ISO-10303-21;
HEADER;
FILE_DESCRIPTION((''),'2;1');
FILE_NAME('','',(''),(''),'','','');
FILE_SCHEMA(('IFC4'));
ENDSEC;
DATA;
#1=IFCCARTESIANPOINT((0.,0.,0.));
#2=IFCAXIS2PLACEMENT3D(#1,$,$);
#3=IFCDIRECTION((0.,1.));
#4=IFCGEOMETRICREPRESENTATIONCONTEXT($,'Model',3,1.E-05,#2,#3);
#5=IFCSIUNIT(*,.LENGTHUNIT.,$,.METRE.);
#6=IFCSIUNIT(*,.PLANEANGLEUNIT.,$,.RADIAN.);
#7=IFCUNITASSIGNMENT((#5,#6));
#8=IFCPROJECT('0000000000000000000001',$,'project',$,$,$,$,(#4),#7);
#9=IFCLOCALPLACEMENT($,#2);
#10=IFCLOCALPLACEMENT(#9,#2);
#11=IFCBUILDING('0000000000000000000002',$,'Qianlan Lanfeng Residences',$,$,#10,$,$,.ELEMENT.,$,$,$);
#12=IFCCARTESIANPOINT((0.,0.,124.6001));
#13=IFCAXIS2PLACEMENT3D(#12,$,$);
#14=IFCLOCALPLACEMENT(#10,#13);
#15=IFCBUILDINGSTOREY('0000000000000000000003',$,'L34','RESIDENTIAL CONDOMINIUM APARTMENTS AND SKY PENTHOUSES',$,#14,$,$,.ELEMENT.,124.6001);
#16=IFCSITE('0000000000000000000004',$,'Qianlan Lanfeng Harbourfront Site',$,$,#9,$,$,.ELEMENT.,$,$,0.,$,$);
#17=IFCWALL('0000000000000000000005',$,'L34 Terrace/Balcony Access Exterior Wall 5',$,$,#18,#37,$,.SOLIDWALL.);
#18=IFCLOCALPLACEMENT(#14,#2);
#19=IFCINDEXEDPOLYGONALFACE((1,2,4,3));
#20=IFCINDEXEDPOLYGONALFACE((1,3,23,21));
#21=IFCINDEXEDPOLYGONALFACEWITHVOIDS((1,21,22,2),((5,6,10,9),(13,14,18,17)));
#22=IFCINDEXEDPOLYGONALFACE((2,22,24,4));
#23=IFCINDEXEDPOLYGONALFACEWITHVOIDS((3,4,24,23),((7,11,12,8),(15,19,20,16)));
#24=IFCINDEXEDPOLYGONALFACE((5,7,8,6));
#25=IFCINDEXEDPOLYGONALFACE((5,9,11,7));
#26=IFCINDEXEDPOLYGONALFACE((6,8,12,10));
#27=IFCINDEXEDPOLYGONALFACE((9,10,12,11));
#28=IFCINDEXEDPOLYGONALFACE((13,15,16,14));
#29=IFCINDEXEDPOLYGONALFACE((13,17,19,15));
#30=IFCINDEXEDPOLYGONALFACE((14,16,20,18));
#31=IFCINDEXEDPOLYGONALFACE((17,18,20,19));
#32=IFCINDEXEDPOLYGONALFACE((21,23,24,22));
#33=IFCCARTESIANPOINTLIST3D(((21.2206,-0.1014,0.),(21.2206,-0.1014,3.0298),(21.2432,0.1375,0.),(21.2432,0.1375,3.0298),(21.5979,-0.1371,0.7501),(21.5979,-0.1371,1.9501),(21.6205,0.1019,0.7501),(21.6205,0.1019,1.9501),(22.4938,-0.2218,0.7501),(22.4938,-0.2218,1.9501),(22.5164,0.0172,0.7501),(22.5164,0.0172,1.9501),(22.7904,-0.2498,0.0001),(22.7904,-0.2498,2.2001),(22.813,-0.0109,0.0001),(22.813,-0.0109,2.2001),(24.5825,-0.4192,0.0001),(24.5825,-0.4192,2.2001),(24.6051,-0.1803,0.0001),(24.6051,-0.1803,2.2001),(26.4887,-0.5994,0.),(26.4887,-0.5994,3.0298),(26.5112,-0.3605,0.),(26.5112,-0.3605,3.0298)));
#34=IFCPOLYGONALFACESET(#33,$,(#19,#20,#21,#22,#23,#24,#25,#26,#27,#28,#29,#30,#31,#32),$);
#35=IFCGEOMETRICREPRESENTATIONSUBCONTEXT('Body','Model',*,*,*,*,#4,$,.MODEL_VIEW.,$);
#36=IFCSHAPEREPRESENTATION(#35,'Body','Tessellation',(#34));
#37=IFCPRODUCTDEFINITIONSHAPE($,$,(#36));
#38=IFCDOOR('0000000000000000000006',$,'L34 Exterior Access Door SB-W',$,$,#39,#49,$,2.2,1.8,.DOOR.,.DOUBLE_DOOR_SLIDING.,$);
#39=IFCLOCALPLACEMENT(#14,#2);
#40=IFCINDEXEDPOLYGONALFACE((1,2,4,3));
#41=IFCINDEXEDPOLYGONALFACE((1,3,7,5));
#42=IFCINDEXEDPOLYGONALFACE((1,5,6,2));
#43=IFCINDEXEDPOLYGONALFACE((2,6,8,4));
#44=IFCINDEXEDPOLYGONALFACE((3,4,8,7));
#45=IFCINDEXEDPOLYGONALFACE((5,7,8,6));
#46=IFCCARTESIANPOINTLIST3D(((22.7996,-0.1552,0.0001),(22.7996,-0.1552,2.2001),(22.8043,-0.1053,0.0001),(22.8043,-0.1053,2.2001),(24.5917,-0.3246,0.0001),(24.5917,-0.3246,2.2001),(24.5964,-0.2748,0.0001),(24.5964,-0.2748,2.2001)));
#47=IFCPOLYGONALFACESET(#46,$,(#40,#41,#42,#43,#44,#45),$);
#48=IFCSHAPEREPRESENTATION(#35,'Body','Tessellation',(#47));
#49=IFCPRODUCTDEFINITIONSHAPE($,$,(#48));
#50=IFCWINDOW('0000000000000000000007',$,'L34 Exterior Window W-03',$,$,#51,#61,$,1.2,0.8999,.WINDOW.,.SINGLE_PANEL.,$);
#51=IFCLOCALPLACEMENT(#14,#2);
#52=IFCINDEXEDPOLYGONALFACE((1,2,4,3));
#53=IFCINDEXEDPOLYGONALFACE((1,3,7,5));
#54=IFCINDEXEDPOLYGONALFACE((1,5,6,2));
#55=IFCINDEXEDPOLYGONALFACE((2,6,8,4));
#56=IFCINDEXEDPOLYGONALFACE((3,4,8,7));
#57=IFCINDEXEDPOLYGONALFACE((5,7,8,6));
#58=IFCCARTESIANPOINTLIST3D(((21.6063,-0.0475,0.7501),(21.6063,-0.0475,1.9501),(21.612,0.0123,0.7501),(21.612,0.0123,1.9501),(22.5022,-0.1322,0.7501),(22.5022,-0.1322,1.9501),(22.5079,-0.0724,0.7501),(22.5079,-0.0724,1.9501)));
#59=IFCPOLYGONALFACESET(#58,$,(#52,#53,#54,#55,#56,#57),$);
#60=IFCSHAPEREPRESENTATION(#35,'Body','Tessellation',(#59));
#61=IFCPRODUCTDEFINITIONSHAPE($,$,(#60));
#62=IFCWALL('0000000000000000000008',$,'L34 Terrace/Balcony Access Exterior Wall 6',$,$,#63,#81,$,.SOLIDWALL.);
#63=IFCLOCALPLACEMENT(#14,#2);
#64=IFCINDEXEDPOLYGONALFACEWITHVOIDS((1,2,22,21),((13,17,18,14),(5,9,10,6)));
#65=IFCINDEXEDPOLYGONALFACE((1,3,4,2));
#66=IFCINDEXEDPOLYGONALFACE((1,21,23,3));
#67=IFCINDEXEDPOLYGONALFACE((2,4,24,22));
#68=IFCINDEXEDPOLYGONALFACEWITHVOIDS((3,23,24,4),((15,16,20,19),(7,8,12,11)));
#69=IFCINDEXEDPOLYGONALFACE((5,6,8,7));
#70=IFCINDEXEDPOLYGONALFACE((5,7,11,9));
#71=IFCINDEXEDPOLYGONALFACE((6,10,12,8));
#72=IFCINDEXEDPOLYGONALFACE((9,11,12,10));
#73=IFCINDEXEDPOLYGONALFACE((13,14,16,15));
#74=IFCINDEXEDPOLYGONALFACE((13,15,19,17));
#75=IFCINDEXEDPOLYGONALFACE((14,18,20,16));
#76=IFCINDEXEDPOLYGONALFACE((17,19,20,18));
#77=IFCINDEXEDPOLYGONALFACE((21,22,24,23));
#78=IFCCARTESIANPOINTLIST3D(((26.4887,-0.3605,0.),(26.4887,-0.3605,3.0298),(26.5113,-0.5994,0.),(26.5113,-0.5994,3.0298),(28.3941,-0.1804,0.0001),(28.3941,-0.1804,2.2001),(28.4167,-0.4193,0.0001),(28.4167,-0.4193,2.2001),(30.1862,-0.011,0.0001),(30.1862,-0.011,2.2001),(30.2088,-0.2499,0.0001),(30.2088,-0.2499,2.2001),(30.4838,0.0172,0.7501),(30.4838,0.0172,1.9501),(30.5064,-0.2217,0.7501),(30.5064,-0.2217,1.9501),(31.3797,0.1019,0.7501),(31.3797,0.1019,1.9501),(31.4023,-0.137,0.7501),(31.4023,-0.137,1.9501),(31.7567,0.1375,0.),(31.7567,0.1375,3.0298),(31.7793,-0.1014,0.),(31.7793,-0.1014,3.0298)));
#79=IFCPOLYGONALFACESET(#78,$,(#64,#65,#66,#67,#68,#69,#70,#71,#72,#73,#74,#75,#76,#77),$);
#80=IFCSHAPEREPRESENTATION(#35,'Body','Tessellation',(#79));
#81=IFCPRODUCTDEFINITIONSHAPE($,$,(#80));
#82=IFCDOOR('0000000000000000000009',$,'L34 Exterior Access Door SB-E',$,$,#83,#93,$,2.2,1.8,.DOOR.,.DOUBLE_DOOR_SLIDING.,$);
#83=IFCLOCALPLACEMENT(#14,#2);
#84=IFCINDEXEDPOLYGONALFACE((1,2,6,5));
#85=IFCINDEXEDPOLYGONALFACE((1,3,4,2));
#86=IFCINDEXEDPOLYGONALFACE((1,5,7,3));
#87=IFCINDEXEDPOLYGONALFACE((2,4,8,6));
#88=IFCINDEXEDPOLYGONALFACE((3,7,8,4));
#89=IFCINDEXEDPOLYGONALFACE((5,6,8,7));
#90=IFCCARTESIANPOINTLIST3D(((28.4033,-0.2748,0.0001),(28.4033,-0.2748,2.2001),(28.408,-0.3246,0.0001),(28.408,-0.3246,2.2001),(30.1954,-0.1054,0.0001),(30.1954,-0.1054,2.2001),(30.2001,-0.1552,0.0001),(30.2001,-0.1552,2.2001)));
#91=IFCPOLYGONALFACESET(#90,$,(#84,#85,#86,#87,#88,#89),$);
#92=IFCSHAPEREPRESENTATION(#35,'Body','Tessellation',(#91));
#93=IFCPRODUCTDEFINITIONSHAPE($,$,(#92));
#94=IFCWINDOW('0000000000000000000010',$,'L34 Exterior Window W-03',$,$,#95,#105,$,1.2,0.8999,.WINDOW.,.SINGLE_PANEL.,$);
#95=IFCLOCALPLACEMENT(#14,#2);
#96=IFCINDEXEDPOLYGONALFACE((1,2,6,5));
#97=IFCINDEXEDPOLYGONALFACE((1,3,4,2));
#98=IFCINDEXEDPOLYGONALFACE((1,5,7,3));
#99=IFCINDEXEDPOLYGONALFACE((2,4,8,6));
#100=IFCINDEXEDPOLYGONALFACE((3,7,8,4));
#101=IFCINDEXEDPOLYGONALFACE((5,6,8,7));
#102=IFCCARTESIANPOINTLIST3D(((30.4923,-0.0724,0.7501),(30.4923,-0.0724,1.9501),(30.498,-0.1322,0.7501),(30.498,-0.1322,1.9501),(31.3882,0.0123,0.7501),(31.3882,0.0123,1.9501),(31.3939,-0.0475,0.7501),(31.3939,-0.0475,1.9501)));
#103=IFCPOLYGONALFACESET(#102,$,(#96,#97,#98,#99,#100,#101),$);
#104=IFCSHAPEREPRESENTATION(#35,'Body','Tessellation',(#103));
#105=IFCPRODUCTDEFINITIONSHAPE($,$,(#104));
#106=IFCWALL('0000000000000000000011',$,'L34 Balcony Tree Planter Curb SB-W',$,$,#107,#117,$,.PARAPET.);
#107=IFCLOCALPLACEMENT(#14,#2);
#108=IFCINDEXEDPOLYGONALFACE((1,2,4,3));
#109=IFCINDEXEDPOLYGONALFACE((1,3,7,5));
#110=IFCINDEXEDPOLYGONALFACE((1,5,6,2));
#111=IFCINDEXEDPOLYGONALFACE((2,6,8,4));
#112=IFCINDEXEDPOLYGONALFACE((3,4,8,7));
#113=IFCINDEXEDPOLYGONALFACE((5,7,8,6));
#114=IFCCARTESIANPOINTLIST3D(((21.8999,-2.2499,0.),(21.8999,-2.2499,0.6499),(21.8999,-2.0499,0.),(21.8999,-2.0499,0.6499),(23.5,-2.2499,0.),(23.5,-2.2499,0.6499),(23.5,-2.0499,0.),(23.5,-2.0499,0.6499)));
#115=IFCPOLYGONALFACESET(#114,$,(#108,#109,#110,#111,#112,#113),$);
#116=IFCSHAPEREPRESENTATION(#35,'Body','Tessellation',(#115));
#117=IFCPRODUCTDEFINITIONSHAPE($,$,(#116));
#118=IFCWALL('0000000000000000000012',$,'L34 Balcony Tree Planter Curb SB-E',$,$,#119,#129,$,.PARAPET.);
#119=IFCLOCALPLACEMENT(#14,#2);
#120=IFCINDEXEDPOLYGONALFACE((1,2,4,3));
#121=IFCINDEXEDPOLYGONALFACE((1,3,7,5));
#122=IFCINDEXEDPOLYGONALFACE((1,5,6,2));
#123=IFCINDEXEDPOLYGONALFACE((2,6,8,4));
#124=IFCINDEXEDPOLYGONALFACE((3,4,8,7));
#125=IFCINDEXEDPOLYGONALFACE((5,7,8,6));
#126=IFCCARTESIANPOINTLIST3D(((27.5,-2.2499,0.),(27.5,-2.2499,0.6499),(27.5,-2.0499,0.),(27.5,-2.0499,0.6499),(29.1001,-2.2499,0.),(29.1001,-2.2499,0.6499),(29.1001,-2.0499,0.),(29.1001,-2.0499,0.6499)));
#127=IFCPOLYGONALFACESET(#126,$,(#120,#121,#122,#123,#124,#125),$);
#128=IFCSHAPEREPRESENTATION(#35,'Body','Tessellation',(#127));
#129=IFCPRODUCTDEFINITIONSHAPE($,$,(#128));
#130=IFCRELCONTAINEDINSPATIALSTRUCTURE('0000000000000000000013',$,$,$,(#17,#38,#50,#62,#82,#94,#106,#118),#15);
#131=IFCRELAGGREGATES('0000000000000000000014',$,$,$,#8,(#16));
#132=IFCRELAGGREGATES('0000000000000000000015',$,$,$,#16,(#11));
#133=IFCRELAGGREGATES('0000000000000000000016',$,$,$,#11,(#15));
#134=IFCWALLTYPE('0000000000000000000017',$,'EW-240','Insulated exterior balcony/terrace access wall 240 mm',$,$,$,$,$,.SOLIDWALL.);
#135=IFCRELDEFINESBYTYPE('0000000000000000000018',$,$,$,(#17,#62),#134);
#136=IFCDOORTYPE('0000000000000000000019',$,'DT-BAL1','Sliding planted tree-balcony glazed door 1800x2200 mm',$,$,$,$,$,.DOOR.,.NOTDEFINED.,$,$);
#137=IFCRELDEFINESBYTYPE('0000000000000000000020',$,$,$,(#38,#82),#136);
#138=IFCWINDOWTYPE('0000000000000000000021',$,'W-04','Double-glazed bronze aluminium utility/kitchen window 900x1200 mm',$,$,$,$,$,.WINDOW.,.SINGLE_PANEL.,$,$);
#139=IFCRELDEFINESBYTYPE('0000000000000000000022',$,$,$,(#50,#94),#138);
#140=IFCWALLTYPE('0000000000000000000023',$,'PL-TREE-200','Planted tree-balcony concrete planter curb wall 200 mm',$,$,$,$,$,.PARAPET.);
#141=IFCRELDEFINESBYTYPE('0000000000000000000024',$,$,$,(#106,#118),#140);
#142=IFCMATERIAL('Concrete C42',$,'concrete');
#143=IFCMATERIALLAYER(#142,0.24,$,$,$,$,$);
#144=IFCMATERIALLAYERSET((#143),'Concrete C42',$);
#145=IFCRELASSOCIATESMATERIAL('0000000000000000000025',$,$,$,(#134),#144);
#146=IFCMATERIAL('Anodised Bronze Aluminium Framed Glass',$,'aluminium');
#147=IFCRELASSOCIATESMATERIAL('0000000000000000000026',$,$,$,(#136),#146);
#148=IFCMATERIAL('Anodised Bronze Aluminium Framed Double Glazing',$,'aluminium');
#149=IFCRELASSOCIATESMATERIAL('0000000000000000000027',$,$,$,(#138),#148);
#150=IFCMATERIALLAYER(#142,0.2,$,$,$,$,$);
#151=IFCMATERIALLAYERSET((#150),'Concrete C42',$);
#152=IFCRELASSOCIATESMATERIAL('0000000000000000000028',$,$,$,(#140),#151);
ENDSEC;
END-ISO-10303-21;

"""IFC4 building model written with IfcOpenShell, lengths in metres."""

from ifc_helpers import new_model, si_unit, direction, frame, frame_2d, origin, place, context, subcontext, project, spatial, rectangle, extrude, material, layer, layer_set, type_object, element, fill, save


model = new_model("IFC4")

# Units and contexts
model_context = context("Model", 3, precision=1e-05, world=origin(), true_north=direction((0.0, 1.0)))
body_context = subcontext(model_context, "Body", "Model", "MODEL_VIEW")
ifc_project = project(units=[si_unit("LENGTHUNIT", "METRE"), si_unit("PLANEANGLEUNIT", "RADIAN")], contexts=[model_context])

# Site, building, storey
site_placement = place(None, origin())
site = spatial("IfcSite", under=ifc_project, at=site_placement, Name="Qianlan Lanfeng Harbourfront Site", CompositionType="ELEMENT", RefElevation=0.0)
building_placement = place(site_placement, origin())
building = spatial("IfcBuilding", under=site, at=building_placement, Name="Qianlan Lanfeng Residences", CompositionType="ELEMENT")
storey_placement = place(building_placement, frame((0.0, 0.0, 124.6001)))
storey = spatial("IfcBuildingStorey", under=building, at=storey_placement, Name="L34", Description="RESIDENTIAL CONDOMINIUM APARTMENTS AND SKY PENTHOUSES", CompositionType="ELEMENT", Elevation=124.6001)

# Walls, openings, doors, windows
ifc_material_1 = material(Name="Concrete C42", Category="concrete")
ifc_layer_1 = layer(ifc_material_1, 0.24)
ifc_layer_set_1 = layer_set([ifc_layer_1], Name="Concrete C42")
wall_type_1 = type_object("IfcWallType", Name="EW-240", Description="Insulated exterior balcony/terrace access wall 240 mm", PredefinedType="SOLIDWALL", material=ifc_layer_set_1)
wall_1_placement = place(storey_placement, frame((21.2319, 0.0181, 0.0), z_axis=(0.0, 0.0, 1.0), x_axis=(0.995561, -0.094121, 0.0)))
wall_1 = element("IfcWall", 1, at=wall_1_placement, inside=storey, type_object=wall_type_1, Name="L34 Terrace/Balcony Access Exterior Wall 5", PredefinedType="SOLIDWALL", context=body_context, shape_type="SweptSolid", body=[
    extrude(rectangle(XDim=5.2915, YDim=0.24, at=frame_2d((2.6458, 0.0))), origin(), (0.0, 0.0, 1.0), 3.0298),
])
opening_1_placement = place(wall_1_placement, frame((1.5769, 0.0, 0.0)))
opening_1 = element("IfcOpeningElement", 2, at=opening_1_placement, cuts=wall_1, PredefinedType="OPENING", context=body_context, shape_type="SweptSolid", body=[
    extrude(rectangle(XDim=1.8, YDim=2.2, at=frame_2d((0.8999, 1.1001))), frame((0.0, 0.1299, 0.0), z_axis=(0.0, -1.0, 0.0), x_axis=(1.0, 0.0, 0.0)), (0.0, 0.0, 1.0), 0.26),
])
opening_2_placement = place(wall_1_placement, frame((0.3789, 0.0, 0.75)))
opening_2 = element("IfcOpeningElement", 3, at=opening_2_placement, cuts=wall_1, PredefinedType="OPENING", context=body_context, shape_type="SweptSolid", body=[
    extrude(rectangle(XDim=0.8999, YDim=1.2, at=frame_2d((0.45, 0.6001))), frame((0.0, 0.1299, 0.0), z_axis=(0.0, -1.0, 0.0), x_axis=(1.0, 0.0, 0.0)), (0.0, 0.0, 1.0), 0.26),
])
ifc_material_2 = material(Name="Anodised Bronze Aluminium Framed Glass", Category="aluminium")
door_type_1 = type_object("IfcDoorType", Name="DT-BAL1", Description="Sliding planted tree-balcony glazed door 1800x2200 mm", OperationType="NOTDEFINED", PredefinedType="DOOR", material=ifc_material_2)
door_1_placement = place(opening_1_placement, frame((1.8, 0.0, 0.0), z_axis=(0.0, 0.0, 1.0), x_axis=(-1.0, 0.0, 0.0)))
door_1 = element("IfcDoor", 4, at=door_1_placement, inside=storey, type_object=door_type_1, Name="L34 Exterior Access Door SB-W", OperationType="DOUBLE_DOOR_SLIDING", OverallHeight=2.2, OverallWidth=1.8, PredefinedType="DOOR", context=body_context, shape_type="SweptSolid", body=[
    extrude(rectangle(XDim=1.8, YDim=2.2, at=frame_2d((0.8999, 1.1001))), frame((0.0, 0.0249, 0.0), z_axis=(0.0, -1.0, 0.0), x_axis=(1.0, 0.0, 0.0)), (0.0, 0.0, 1.0), 0.05),
])
fill(opening_1, door_1)
ifc_material_3 = material(Name="Anodised Bronze Aluminium Framed Double Glazing", Category="aluminium")
window_type = type_object("IfcWindowType", Name="W-04", Description="Double-glazed bronze aluminium utility/kitchen window 900x1200 mm", PartitioningType="SINGLE_PANEL", PredefinedType="WINDOW", material=ifc_material_3)
window_1_placement = place(opening_2_placement, origin())
window_1 = element("IfcWindow", 5, at=window_1_placement, inside=storey, type_object=window_type, Name="L34 Exterior Window W-03", OverallHeight=1.2, OverallWidth=0.8999, PartitioningType="SINGLE_PANEL", PredefinedType="WINDOW", context=body_context, shape_type="SweptSolid", body=[
    extrude(rectangle(XDim=0.8999, YDim=1.2, at=frame_2d((0.45, 0.6001))), frame((0.0, 0.03, 0.0), z_axis=(0.0, -1.0, 0.0), x_axis=(1.0, 0.0, 0.0)), (0.0, 0.0, 1.0), 0.0601),
])
fill(opening_2, window_1)
wall_2_placement = place(storey_placement, frame((26.5, -0.48, 0.0), z_axis=(0.0, 0.0, 1.0), x_axis=(0.995561, 0.094121, 0.0)))
wall_2 = element("IfcWall", 6, at=wall_2_placement, inside=storey, type_object=wall_type_1, Name="L34 Terrace/Balcony Access Exterior Wall 6", PredefinedType="SOLIDWALL", context=body_context, shape_type="SweptSolid", body=[
    extrude(rectangle(XDim=5.2915, YDim=0.24, at=frame_2d((2.6458, 0.0))), origin(), (0.0, 0.0, 1.0), 3.0298),
])
opening_3_placement = place(wall_2_placement, frame((1.9141, 0.0, 0.0)))
opening_3 = element("IfcOpeningElement", 7, at=opening_3_placement, cuts=wall_2, PredefinedType="OPENING", context=body_context, shape_type="SweptSolid", body=[
    extrude(rectangle(XDim=1.8, YDim=2.2, at=frame_2d((0.8999, 1.1001))), frame((0.0, 0.1299, 0.0), z_axis=(0.0, -1.0, 0.0), x_axis=(1.0, 0.0, 0.0)), (0.0, 0.0, 1.0), 0.26),
])
opening_4_placement = place(wall_2_placement, frame((4.0129, 0.0, 0.75)))
opening_4 = element("IfcOpeningElement", 8, at=opening_4_placement, cuts=wall_2, PredefinedType="OPENING", context=body_context, shape_type="SweptSolid", body=[
    extrude(rectangle(XDim=0.8999, YDim=1.2, at=frame_2d((0.45, 0.6001))), frame((0.0, 0.1299, 0.0), z_axis=(0.0, -1.0, 0.0), x_axis=(1.0, 0.0, 0.0)), (0.0, 0.0, 1.0), 0.26),
])
door_2_placement = place(opening_3_placement, frame((1.8, 0.0, 0.0), z_axis=(0.0, 0.0, 1.0), x_axis=(-1.0, 0.0, 0.0)))
door_2 = element("IfcDoor", 9, at=door_2_placement, inside=storey, type_object=door_type_1, Name="L34 Exterior Access Door SB-E", OperationType="DOUBLE_DOOR_SLIDING", OverallHeight=2.2, OverallWidth=1.8, PredefinedType="DOOR", context=body_context, shape_type="SweptSolid", body=[
    extrude(rectangle(XDim=1.8, YDim=2.2, at=frame_2d((0.8999, 1.1001))), frame((0.0, 0.0249, 0.0), z_axis=(0.0, -1.0, 0.0), x_axis=(1.0, 0.0, 0.0)), (0.0, 0.0, 1.0), 0.05),
])
fill(opening_3, door_2)
window_2_placement = place(opening_4_placement, origin())
window_2 = element("IfcWindow", 10, at=window_2_placement, inside=storey, type_object=window_type, Name="L34 Exterior Window W-03", OverallHeight=1.2, OverallWidth=0.8999, PartitioningType="SINGLE_PANEL", PredefinedType="WINDOW", context=body_context, shape_type="SweptSolid", body=[
    extrude(rectangle(XDim=0.8999, YDim=1.2, at=frame_2d((0.45, 0.6001))), frame((0.0, 0.03, 0.0), z_axis=(0.0, -1.0, 0.0), x_axis=(1.0, 0.0, 0.0)), (0.0, 0.0, 1.0), 0.0601),
])
fill(opening_4, window_2)

# Walls
ifc_layer_2 = layer(ifc_material_1, 0.2)
ifc_layer_set_2 = layer_set([ifc_layer_2], Name="Concrete C42")
wall_type_2 = type_object("IfcWallType", Name="PL-TREE-200", Description="Planted tree-balcony concrete planter curb wall 200 mm", PredefinedType="PARAPET", material=ifc_layer_set_2)
for number, where, z_axis, x_axis, name in (
    (11, (21.8999, -2.1499, 0.0), (0.0, 0.0, 1.0), (1.0, 0.0, 0.0), "L34 Balcony Tree Planter Curb SB-W"),
    (12, (27.5, -2.1499, 0.0), (0.0, 0.0, 1.0), (1.0, 0.0, 0.0), "L34 Balcony Tree Planter Curb SB-E"),
):
    element("IfcWall", number, at=place(storey_placement, frame(where, z_axis=z_axis, x_axis=x_axis)), inside=storey, type_object=wall_type_2, Name=name, PredefinedType="PARAPET", context=body_context, shape_type="SweptSolid", body=[
        extrude(rectangle(XDim=1.6001, YDim=0.2, at=frame_2d((0.8, 0.0))), origin(), (0.0, 0.0, 1.0), 0.6499),
    ])

save(model, "model.ifc")
